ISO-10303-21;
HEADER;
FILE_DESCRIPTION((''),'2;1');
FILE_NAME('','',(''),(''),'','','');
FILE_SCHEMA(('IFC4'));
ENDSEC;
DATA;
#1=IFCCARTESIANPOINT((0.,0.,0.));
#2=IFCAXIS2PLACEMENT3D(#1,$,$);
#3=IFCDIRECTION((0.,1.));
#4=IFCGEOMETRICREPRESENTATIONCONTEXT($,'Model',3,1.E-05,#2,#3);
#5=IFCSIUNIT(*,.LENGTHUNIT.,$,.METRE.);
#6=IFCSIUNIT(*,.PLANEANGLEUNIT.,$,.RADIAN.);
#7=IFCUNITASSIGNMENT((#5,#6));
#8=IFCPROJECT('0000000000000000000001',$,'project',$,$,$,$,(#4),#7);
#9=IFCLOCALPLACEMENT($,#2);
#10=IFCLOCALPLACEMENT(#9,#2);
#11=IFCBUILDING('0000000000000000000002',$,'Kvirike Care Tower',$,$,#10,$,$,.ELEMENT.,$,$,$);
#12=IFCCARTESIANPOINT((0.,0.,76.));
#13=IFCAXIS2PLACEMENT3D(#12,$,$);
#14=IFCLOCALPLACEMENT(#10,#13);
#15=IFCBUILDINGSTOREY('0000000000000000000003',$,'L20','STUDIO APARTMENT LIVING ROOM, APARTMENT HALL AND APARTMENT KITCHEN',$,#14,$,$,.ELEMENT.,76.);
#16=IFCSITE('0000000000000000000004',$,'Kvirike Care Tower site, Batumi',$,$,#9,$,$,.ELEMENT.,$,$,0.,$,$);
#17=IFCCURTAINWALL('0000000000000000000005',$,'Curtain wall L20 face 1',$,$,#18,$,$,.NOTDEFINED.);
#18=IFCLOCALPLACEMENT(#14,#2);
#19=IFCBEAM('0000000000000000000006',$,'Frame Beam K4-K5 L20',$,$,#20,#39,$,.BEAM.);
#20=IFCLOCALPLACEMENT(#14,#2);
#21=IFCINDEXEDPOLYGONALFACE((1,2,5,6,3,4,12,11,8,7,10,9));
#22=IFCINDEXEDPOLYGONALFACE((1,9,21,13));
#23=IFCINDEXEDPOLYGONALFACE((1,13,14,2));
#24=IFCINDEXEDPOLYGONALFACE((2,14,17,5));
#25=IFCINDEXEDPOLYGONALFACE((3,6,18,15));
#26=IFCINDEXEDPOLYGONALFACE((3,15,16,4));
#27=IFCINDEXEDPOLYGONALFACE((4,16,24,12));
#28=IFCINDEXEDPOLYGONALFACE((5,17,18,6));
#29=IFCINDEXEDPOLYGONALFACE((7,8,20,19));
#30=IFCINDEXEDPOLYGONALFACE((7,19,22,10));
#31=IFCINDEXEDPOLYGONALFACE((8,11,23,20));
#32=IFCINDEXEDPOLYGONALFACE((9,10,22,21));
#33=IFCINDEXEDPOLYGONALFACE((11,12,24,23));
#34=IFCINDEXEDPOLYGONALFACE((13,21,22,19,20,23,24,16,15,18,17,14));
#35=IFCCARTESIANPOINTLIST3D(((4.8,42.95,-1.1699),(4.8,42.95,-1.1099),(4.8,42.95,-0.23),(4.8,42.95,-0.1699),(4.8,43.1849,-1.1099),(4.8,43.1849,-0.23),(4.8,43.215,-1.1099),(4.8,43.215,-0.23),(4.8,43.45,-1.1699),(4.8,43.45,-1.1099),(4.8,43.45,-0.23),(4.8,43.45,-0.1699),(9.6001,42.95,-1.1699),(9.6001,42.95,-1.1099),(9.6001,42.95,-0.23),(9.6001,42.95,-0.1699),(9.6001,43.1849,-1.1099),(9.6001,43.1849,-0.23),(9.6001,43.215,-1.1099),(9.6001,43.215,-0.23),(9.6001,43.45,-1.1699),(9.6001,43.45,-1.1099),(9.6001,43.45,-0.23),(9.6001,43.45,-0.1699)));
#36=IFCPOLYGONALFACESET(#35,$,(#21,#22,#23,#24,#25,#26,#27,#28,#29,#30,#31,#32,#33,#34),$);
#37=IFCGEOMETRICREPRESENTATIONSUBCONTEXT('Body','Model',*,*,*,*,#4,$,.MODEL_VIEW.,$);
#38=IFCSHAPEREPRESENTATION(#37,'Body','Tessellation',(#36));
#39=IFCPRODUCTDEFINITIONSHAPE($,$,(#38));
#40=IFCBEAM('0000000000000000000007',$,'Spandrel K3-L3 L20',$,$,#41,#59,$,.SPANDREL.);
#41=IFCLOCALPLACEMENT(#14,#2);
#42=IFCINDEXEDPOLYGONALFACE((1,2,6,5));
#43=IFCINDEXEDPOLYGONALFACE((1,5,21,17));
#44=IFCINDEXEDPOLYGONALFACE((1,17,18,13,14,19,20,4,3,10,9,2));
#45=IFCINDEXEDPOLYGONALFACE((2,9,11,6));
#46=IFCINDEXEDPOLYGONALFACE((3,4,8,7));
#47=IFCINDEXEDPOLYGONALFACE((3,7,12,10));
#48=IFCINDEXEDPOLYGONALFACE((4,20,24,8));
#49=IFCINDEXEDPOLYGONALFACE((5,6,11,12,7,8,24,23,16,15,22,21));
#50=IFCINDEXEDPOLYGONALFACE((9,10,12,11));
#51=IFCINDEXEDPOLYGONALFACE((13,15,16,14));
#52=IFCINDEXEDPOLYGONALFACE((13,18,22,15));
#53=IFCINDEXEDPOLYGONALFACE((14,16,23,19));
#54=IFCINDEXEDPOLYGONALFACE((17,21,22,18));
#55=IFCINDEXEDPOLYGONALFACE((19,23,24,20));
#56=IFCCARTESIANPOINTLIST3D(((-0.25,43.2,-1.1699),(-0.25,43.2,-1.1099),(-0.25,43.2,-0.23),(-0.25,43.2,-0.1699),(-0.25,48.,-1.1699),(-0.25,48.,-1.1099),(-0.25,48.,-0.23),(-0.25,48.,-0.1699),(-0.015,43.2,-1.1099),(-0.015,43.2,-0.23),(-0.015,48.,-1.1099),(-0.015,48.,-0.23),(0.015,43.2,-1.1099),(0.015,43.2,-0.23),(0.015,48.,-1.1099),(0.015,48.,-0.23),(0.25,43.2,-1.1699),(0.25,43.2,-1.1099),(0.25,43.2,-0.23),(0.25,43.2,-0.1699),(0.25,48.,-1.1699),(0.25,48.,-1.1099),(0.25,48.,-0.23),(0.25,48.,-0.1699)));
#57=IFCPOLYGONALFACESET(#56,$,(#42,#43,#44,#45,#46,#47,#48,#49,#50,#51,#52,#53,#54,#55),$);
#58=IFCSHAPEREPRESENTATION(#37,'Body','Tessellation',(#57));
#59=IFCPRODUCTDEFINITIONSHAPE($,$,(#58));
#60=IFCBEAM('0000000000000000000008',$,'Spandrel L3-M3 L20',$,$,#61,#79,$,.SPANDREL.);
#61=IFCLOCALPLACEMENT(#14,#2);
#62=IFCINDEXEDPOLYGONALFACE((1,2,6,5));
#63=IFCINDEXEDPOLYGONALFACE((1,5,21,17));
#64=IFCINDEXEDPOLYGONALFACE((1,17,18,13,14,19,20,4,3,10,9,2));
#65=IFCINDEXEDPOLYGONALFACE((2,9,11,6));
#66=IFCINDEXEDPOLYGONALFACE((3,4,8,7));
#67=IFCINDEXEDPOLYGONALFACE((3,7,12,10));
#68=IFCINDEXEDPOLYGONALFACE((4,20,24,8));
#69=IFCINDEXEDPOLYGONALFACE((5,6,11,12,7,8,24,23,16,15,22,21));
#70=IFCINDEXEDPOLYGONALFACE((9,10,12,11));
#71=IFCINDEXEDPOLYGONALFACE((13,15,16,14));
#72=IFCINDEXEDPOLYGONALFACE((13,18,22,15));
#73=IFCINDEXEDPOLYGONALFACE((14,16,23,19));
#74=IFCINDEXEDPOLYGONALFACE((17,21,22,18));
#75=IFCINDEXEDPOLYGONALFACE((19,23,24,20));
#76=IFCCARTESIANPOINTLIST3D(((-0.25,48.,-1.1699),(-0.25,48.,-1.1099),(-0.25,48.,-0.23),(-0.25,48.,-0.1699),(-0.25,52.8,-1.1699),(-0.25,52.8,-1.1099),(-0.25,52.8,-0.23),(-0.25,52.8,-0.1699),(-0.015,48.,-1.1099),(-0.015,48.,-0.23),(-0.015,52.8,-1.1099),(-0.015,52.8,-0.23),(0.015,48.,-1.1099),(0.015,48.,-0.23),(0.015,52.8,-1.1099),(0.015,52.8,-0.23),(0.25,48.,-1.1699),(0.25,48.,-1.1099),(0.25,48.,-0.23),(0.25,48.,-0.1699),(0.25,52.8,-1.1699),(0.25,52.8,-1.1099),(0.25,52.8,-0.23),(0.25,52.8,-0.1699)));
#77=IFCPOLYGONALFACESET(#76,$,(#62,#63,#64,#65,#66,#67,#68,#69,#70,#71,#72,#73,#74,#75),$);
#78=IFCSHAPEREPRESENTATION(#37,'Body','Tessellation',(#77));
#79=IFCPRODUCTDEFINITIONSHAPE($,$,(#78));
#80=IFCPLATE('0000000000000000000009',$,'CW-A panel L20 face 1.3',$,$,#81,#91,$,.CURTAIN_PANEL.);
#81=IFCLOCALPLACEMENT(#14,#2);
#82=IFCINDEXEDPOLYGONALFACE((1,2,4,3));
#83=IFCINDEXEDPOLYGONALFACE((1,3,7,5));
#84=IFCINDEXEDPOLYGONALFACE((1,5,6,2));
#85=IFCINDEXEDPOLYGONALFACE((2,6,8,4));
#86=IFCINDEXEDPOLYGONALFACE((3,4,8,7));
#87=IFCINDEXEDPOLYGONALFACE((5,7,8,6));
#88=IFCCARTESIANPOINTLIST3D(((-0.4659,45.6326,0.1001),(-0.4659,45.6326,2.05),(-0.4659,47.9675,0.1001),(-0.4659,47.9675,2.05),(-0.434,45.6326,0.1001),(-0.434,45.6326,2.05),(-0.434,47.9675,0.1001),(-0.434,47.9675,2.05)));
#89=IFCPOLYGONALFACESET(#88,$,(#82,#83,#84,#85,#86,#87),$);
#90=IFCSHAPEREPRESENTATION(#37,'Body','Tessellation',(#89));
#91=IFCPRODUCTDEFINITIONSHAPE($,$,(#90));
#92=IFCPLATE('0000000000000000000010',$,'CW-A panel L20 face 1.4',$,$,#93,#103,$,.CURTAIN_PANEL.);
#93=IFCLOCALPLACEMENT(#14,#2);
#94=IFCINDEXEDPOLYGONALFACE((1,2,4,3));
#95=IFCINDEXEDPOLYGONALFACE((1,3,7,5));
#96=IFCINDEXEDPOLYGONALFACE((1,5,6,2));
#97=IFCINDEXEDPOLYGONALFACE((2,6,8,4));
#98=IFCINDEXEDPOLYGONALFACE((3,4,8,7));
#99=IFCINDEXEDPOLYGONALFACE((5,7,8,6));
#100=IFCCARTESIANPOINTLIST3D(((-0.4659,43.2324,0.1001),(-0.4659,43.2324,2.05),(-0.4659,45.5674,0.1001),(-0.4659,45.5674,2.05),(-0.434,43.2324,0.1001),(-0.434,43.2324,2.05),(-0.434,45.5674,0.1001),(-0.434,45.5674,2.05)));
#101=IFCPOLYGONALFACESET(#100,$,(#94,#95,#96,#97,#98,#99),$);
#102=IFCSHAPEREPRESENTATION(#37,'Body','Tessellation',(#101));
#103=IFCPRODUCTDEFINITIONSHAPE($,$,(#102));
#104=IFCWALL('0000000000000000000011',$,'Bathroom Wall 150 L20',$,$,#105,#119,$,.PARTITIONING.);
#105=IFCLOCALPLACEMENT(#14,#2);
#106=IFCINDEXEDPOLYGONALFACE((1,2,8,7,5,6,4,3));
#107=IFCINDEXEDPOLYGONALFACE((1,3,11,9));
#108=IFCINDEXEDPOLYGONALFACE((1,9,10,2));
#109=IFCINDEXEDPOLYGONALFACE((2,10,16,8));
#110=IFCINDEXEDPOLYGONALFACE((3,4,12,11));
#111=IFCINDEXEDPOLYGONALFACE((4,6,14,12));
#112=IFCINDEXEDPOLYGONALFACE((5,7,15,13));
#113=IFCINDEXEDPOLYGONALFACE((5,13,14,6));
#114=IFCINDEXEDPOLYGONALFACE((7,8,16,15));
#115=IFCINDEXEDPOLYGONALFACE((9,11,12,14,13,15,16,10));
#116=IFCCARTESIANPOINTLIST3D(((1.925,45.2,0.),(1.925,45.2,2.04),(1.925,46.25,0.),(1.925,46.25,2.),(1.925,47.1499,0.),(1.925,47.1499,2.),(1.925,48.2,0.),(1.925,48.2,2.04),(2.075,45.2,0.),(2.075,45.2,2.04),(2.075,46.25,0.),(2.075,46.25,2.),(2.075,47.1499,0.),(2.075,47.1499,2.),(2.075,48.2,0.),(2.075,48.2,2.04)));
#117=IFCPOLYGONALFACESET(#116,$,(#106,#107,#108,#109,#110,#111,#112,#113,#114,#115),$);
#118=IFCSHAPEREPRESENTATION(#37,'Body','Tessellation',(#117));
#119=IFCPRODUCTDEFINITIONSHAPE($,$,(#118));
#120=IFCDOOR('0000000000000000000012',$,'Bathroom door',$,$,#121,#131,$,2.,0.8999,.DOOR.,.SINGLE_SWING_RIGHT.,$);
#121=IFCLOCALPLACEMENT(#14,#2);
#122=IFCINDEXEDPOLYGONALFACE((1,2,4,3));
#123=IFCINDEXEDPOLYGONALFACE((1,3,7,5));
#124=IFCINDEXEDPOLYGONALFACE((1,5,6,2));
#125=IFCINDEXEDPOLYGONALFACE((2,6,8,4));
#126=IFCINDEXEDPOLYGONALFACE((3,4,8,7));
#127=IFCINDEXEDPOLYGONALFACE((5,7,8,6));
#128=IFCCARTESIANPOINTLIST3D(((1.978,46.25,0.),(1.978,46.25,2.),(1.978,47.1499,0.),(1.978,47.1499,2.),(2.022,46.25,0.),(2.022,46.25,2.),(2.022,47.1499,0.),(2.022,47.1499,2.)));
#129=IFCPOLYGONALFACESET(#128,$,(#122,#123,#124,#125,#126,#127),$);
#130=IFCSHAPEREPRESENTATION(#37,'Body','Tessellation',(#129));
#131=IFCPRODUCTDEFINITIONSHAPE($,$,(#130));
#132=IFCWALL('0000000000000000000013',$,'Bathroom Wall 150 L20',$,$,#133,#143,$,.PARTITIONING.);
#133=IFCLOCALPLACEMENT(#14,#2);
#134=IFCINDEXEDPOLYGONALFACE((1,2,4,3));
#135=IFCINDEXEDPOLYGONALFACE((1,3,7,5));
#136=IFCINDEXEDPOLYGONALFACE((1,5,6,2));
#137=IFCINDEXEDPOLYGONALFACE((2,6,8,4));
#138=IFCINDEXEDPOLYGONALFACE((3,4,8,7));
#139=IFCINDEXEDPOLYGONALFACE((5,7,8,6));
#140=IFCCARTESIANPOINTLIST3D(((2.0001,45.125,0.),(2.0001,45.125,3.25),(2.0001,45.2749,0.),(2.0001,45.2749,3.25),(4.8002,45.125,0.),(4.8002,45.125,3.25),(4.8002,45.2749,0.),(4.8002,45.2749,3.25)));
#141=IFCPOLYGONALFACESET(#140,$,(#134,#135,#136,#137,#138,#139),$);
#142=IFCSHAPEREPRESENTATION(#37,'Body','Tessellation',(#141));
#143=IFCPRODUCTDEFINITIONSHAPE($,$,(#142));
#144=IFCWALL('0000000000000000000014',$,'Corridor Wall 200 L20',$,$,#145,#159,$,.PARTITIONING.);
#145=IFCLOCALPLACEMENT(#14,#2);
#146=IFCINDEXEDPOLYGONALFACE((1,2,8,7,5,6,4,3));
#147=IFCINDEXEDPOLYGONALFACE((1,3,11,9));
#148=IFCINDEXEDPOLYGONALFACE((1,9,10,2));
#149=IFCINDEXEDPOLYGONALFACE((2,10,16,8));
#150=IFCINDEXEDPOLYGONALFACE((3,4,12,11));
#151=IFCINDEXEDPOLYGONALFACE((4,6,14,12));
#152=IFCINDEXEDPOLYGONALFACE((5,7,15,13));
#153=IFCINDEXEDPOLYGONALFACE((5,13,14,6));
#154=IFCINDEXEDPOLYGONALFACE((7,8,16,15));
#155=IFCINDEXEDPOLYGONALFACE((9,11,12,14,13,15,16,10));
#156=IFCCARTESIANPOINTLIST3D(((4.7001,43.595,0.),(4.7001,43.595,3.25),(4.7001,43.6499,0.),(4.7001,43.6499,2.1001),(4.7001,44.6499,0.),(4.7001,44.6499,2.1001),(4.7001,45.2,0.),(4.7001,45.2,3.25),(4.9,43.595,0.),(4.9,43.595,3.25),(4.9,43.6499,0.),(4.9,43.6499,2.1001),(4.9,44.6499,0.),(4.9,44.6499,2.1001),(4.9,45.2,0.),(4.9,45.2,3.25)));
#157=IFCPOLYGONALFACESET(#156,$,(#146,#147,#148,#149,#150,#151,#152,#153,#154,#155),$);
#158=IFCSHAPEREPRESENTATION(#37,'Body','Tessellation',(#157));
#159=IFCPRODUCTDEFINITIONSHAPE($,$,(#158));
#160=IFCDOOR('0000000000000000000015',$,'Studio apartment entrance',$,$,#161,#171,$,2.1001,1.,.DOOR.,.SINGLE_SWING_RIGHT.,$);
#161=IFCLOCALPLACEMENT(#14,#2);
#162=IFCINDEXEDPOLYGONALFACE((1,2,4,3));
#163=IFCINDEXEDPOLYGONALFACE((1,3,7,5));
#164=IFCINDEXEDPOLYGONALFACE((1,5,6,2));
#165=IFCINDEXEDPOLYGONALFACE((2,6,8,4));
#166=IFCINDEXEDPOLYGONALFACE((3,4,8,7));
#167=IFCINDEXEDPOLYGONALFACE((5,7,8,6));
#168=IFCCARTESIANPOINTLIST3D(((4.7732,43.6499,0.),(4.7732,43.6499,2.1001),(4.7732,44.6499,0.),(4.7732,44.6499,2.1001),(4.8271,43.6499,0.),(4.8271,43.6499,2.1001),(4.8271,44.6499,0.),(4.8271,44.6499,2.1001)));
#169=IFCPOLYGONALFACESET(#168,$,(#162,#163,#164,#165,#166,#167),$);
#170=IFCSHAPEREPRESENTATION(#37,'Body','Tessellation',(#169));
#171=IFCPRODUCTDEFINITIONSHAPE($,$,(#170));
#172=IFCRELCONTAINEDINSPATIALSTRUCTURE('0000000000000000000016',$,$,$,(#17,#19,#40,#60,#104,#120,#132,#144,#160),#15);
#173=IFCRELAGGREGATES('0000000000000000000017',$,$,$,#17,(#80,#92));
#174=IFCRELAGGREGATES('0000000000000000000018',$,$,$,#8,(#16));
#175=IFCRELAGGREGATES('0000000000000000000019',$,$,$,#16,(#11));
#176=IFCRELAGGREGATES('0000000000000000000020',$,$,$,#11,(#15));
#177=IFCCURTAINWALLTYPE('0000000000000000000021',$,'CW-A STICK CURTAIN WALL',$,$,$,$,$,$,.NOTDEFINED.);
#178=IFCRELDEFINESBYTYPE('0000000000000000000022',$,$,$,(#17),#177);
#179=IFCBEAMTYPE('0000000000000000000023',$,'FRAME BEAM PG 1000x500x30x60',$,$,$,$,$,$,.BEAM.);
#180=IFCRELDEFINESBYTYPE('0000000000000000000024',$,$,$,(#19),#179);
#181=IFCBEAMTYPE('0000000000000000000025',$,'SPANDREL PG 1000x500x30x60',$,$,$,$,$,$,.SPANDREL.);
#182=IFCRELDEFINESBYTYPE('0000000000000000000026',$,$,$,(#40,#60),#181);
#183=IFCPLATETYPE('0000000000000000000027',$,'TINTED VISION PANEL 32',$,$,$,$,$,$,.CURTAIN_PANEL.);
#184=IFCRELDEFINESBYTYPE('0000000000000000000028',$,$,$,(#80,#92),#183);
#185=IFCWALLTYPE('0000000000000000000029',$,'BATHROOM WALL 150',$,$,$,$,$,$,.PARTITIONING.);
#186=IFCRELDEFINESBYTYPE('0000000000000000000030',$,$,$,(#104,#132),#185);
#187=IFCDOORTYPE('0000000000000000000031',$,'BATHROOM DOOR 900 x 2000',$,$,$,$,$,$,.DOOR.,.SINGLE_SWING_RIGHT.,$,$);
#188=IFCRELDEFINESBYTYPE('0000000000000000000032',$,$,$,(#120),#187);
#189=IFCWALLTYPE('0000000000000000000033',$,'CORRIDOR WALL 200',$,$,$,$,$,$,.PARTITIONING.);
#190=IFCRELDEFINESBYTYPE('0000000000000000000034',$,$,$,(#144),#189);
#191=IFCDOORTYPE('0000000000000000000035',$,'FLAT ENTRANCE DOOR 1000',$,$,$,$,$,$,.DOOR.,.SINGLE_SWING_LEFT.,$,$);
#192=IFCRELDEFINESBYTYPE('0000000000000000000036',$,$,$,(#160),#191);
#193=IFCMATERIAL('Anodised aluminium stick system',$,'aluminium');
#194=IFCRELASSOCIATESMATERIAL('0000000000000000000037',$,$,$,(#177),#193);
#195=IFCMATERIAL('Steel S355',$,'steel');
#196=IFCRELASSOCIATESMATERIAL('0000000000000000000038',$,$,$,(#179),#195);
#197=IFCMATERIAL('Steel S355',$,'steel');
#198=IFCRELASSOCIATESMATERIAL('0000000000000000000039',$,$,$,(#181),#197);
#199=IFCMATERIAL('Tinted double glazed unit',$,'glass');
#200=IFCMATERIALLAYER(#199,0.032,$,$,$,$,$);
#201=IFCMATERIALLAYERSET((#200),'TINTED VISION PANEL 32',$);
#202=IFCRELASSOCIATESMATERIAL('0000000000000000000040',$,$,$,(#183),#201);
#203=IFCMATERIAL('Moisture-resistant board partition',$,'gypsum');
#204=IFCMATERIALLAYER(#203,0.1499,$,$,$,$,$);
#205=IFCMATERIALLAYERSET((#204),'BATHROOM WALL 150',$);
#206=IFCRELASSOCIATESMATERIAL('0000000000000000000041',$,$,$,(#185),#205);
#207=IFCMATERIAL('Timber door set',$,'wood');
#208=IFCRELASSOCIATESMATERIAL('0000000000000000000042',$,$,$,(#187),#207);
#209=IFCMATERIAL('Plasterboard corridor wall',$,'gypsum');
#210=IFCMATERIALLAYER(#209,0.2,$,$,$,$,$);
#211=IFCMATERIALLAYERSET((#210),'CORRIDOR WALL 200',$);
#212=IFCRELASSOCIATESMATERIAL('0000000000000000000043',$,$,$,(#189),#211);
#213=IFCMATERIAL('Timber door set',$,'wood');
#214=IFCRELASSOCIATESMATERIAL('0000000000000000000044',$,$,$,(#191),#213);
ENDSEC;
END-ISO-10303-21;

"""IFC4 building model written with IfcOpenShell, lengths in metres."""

from ifc_helpers import new_model, si_unit, direction, frame, frame_2d, origin, origin_2d, place, context, subcontext, project, spatial, rectangle, i_section, extrude, material, layer, layer_set, material_profile, profile_set, type_object, element, fill, aggregate, save


model = new_model("IFC4")

# Units and contexts
model_context = context("Model", 3, precision=1e-05, world=origin(), true_north=direction((0.0, 1.0)))
body_context = subcontext(model_context, "Body", "Model", "MODEL_VIEW")
ifc_project = project(units=[si_unit("LENGTHUNIT", "METRE"), si_unit("PLANEANGLEUNIT", "RADIAN")], contexts=[model_context])

# Site, building, storey
site_placement = place(None, origin())
site = spatial("IfcSite", under=ifc_project, at=site_placement, Name="Kvirike Care Tower site, Batumi", CompositionType="ELEMENT", RefElevation=0.0)
building_placement = place(site_placement, origin())
building = spatial("IfcBuilding", under=site, at=building_placement, Name="Kvirike Care Tower", CompositionType="ELEMENT")
storey_placement = place(building_placement, frame((0.0, 0.0, 76.0)))
storey = spatial("IfcBuildingStorey", under=building, at=storey_placement, Name="L20", Description="STUDIO APARTMENT LIVING ROOM, APARTMENT HALL AND APARTMENT KITCHEN", CompositionType="ELEMENT", Elevation=76.0)

# Curtain wall
ifc_material_1 = material(Name="Anodised aluminium stick system", Category="aluminium")
curtain_wall_type = type_object("IfcCurtainWallType", Name="CW-A STICK CURTAIN WALL", PredefinedType="NOTDEFINED", material=ifc_material_1)
curtain_wall_placement = place(storey_placement, origin())
curtain_wall = element("IfcCurtainWall", 1, at=curtain_wall_placement, inside=storey, type_object=curtain_wall_type, Name="Curtain wall L20 face 1", PredefinedType="NOTDEFINED")

# Beams
ifc_material_2 = material(Name="Steel S355", Category="steel")
ifc_material_profile_1 = material_profile(ifc_material_2, i_section(OverallWidth=0.5, OverallDepth=1.0, WebThickness=0.03, FlangeThickness=0.0601, at=origin_2d()), Name="PG 1000x500x30x60")
ifc_profile_set_1 = profile_set([ifc_material_profile_1], Name="Steel S355")
beam_type_1 = type_object("IfcBeamType", Name="FRAME BEAM PG 1000x500x30x60", PredefinedType="BEAM", material=ifc_profile_set_1)
for number, where, z_axis, x_axis, name in (
    (2, (4.8, 43.2, -0.6699), (1.0, 0.0, 0.0), (0.0, 1.0, 0.0), "Frame Beam K4-K5 L20"),
):
    element("IfcBeam", number, at=place(storey_placement, frame(where, z_axis=z_axis, x_axis=x_axis)), inside=storey, type_object=beam_type_1, Name=name, PredefinedType="BEAM", context=body_context, shape_type="SweptSolid", body=[
        extrude(i_section(OverallWidth=0.5, OverallDepth=1.0, WebThickness=0.03, FlangeThickness=0.0601, at=origin_2d()), origin(), (0.0, 0.0, 1.0), 4.8),
    ])
ifc_material_3 = material(Name="Steel S355", Category="steel")
ifc_material_profile_2 = material_profile(ifc_material_3, i_section(OverallWidth=0.5, OverallDepth=1.0, WebThickness=0.03, FlangeThickness=0.0601, at=origin_2d()), Name="PG 1000x500x30x60")
ifc_profile_set_2 = profile_set([ifc_material_profile_2], Name="Steel S355")
beam_type_2 = type_object("IfcBeamType", Name="SPANDREL PG 1000x500x30x60", PredefinedType="SPANDREL", material=ifc_profile_set_2)
for number, where, z_axis, x_axis, name in (
    (3, (0.0, 43.2, -0.6699), (0.0, 1.0, 0.0), (-1.0, 0.0, 0.0), "Spandrel K3-L3 L20"),
    (4, (0.0, 48.0, -0.6699), (0.0, 1.0, 0.0), (-1.0, 0.0, 0.0), "Spandrel L3-M3 L20"),
):
    element("IfcBeam", number, at=place(storey_placement, frame(where, z_axis=z_axis, x_axis=x_axis)), inside=storey, type_object=beam_type_2, Name=name, PredefinedType="SPANDREL", context=body_context, shape_type="SweptSolid", body=[
        extrude(i_section(OverallWidth=0.5, OverallDepth=1.0, WebThickness=0.03, FlangeThickness=0.0601, at=origin_2d()), origin(), (0.0, 0.0, 1.0), 4.8),
    ])

# Plates
ifc_material_4 = material(Name="Tinted double glazed unit", Category="glass")
ifc_layer_1 = layer(ifc_material_4, 0.032)
ifc_layer_set_1 = layer_set([ifc_layer_1], Name="TINTED VISION PANEL 32")
plate_type = type_object("IfcPlateType", Name="TINTED VISION PANEL 32", PredefinedType="CURTAIN_PANEL", material=ifc_layer_set_1)
plate_1_placement = place(storey_placement, frame((-0.45, 46.8, 0.1001), z_axis=(0.0, 0.0, 1.0), x_axis=(0.0, -1.0, 0.0)))
plate_1 = element("IfcPlate", 5, at=plate_1_placement, type_object=plate_type, Name="CW-A panel L20 face 1.3", PredefinedType="CURTAIN_PANEL", context=body_context, shape_type="SweptSolid", body=[
    extrude(rectangle(XDim=2.335, YDim=0.032, at=origin_2d()), origin(), (0.0, 0.0, 1.0), 1.95),
])
plate_2_placement = place(storey_placement, frame((-0.45, 44.3999, 0.1001), z_axis=(0.0, 0.0, 1.0), x_axis=(0.0, -1.0, 0.0)))
plate_2 = element("IfcPlate", 6, at=plate_2_placement, type_object=plate_type, Name="CW-A panel L20 face 1.4", PredefinedType="CURTAIN_PANEL", context=body_context, shape_type="SweptSolid", body=[
    extrude(rectangle(XDim=2.335, YDim=0.032, at=origin_2d()), origin(), (0.0, 0.0, 1.0), 1.95),
])
aggregate(curtain_wall, [plate_1, plate_2])

# Wall, opening, door
ifc_material_5 = material(Name="Moisture-resistant board partition", Category="gypsum")
ifc_layer_2 = layer(ifc_material_5, 0.1499)
ifc_layer_set_2 = layer_set([ifc_layer_2], Name="BATHROOM WALL 150")
wall_type_1 = type_object("IfcWallType", Name="BATHROOM WALL 150", PredefinedType="PARTITIONING", material=ifc_layer_set_2)
wall_1_placement = place(storey_placement, frame((2.0, 48.2, 0.0), z_axis=(0.0, 0.0, 1.0), x_axis=(0.0, -1.0, 0.0)))
wall_1 = element("IfcWall", 7, at=wall_1_placement, inside=storey, type_object=wall_type_1, Name="Bathroom Wall 150 L20", PredefinedType="PARTITIONING", context=body_context, shape_type="SweptSolid", body=[
    extrude(rectangle(XDim=3.0, YDim=0.1499, at=frame_2d((1.5, 0.0))), origin(), (0.0, 0.0, 1.0), 2.04),
])
opening_1_placement = place(wall_1_placement, frame((1.05, 0.0, 0.0)))
opening_1 = element("IfcOpeningElement", 8, at=opening_1_placement, cuts=wall_1, PredefinedType="OPENING", context=body_context, shape_type="SweptSolid", body=[
    extrude(rectangle(XDim=0.8999, YDim=2.0, at=frame_2d((0.45, 1.0))), frame((0.0, 0.0854, 0.0), z_axis=(0.0, -1.0, 0.0), x_axis=(1.0, 0.0, 0.0)), (0.0, 0.0, 1.0), 0.1709),
])
ifc_material_6 = material(Name="Timber door set", Category="wood")
door_type_1 = type_object("IfcDoorType", Name="BATHROOM DOOR 900 x 2000", OperationType="SINGLE_SWING_RIGHT", PredefinedType="DOOR", material=ifc_material_6)
door_1_placement = place(opening_1_placement, origin())
door_1 = element("IfcDoor", 9, at=door_1_placement, inside=storey, type_object=door_type_1, Name="Bathroom door", OperationType="SINGLE_SWING_RIGHT", OverallHeight=2.0, OverallWidth=0.8999, PredefinedType="DOOR", context=body_context, shape_type="SweptSolid", body=[
    extrude(rectangle(XDim=0.8999, YDim=2.0, at=frame_2d((0.45, 1.0))), frame((0.0, 0.022, 0.0), z_axis=(0.0, -1.0, 0.0), x_axis=(1.0, 0.0, 0.0)), (0.0, 0.0, 1.0), 0.0439),
])
fill(opening_1, door_1)

# Wall
wall_2_placement = place(storey_placement, frame((4.8, 45.2, 0.0), z_axis=(0.0, 0.0, 1.0), x_axis=(-1.0, 0.0, 0.0)))
element("IfcWall", 10, at=wall_2_placement, inside=storey, type_object=wall_type_1, Name="Bathroom Wall 150 L20", PredefinedType="PARTITIONING", context=body_context, shape_type="SweptSolid", body=[
    extrude(rectangle(XDim=2.8, YDim=0.1499, at=frame_2d((1.3999, 0.0))), origin(), (0.0, 0.0, 1.0), 3.25),
])

# Wall, opening, door
ifc_material_7 = material(Name="Plasterboard corridor wall", Category="gypsum")
ifc_layer_3 = layer(ifc_material_7, 0.2)
ifc_layer_set_3 = layer_set([ifc_layer_3], Name="CORRIDOR WALL 200")
wall_type_2 = type_object("IfcWallType", Name="CORRIDOR WALL 200", PredefinedType="PARTITIONING", material=ifc_layer_set_3)
wall_3_placement = place(storey_placement, frame((4.8, 45.2, 0.0), z_axis=(0.0, 0.0, 1.0), x_axis=(0.0, -1.0, 0.0)))
wall_3 = element("IfcWall", 11, at=wall_3_placement, inside=storey, type_object=wall_type_2, Name="Corridor Wall 200 L20", PredefinedType="PARTITIONING", context=body_context, shape_type="SweptSolid", body=[
    extrude(rectangle(XDim=1.605, YDim=0.2, at=frame_2d((0.8025, 0.0))), origin(), (0.0, 0.0, 1.0), 3.25),
])
opening_2_placement = place(wall_3_placement, frame((0.55, 0.0, 0.0)))
opening_2 = element("IfcOpeningElement", 12, at=opening_2_placement, cuts=wall_3, PredefinedType="OPENING", context=body_context, shape_type="SweptSolid", body=[
    extrude(rectangle(XDim=1.0, YDim=2.1001, at=frame_2d((0.5, 1.05))), frame((0.0, 0.1106, 0.0), z_axis=(0.0, -1.0, 0.0), x_axis=(1.0, 0.0, 0.0)), (0.0, 0.0, 1.0), 0.2209),
])
ifc_material_8 = material(Name="Timber door set", Category="wood")
door_type_2 = type_object("IfcDoorType", Name="FLAT ENTRANCE DOOR 1000", OperationType="SINGLE_SWING_LEFT", PredefinedType="DOOR", material=ifc_material_8)
door_2_placement = place(opening_2_placement, frame((1.0, 0.0, 0.0), z_axis=(0.0, 0.0, 1.0), x_axis=(-1.0, 0.0, 0.0)))
door_2 = element("IfcDoor", 13, at=door_2_placement, inside=storey, type_object=door_type_2, Name="Studio apartment entrance", OperationType="SINGLE_SWING_RIGHT", OverallHeight=2.1001, OverallWidth=1.0, PredefinedType="DOOR", context=body_context, shape_type="SweptSolid", body=[
    extrude(rectangle(XDim=1.0, YDim=2.1001, at=frame_2d((0.5, 1.05))), frame((0.0, 0.0269, 0.0), z_axis=(0.0, -1.0, 0.0), x_axis=(1.0, 0.0, 0.0)), (0.0, 0.0, 1.0), 0.054),
])
fill(opening_2, door_2)

save(model, "model.ifc")
